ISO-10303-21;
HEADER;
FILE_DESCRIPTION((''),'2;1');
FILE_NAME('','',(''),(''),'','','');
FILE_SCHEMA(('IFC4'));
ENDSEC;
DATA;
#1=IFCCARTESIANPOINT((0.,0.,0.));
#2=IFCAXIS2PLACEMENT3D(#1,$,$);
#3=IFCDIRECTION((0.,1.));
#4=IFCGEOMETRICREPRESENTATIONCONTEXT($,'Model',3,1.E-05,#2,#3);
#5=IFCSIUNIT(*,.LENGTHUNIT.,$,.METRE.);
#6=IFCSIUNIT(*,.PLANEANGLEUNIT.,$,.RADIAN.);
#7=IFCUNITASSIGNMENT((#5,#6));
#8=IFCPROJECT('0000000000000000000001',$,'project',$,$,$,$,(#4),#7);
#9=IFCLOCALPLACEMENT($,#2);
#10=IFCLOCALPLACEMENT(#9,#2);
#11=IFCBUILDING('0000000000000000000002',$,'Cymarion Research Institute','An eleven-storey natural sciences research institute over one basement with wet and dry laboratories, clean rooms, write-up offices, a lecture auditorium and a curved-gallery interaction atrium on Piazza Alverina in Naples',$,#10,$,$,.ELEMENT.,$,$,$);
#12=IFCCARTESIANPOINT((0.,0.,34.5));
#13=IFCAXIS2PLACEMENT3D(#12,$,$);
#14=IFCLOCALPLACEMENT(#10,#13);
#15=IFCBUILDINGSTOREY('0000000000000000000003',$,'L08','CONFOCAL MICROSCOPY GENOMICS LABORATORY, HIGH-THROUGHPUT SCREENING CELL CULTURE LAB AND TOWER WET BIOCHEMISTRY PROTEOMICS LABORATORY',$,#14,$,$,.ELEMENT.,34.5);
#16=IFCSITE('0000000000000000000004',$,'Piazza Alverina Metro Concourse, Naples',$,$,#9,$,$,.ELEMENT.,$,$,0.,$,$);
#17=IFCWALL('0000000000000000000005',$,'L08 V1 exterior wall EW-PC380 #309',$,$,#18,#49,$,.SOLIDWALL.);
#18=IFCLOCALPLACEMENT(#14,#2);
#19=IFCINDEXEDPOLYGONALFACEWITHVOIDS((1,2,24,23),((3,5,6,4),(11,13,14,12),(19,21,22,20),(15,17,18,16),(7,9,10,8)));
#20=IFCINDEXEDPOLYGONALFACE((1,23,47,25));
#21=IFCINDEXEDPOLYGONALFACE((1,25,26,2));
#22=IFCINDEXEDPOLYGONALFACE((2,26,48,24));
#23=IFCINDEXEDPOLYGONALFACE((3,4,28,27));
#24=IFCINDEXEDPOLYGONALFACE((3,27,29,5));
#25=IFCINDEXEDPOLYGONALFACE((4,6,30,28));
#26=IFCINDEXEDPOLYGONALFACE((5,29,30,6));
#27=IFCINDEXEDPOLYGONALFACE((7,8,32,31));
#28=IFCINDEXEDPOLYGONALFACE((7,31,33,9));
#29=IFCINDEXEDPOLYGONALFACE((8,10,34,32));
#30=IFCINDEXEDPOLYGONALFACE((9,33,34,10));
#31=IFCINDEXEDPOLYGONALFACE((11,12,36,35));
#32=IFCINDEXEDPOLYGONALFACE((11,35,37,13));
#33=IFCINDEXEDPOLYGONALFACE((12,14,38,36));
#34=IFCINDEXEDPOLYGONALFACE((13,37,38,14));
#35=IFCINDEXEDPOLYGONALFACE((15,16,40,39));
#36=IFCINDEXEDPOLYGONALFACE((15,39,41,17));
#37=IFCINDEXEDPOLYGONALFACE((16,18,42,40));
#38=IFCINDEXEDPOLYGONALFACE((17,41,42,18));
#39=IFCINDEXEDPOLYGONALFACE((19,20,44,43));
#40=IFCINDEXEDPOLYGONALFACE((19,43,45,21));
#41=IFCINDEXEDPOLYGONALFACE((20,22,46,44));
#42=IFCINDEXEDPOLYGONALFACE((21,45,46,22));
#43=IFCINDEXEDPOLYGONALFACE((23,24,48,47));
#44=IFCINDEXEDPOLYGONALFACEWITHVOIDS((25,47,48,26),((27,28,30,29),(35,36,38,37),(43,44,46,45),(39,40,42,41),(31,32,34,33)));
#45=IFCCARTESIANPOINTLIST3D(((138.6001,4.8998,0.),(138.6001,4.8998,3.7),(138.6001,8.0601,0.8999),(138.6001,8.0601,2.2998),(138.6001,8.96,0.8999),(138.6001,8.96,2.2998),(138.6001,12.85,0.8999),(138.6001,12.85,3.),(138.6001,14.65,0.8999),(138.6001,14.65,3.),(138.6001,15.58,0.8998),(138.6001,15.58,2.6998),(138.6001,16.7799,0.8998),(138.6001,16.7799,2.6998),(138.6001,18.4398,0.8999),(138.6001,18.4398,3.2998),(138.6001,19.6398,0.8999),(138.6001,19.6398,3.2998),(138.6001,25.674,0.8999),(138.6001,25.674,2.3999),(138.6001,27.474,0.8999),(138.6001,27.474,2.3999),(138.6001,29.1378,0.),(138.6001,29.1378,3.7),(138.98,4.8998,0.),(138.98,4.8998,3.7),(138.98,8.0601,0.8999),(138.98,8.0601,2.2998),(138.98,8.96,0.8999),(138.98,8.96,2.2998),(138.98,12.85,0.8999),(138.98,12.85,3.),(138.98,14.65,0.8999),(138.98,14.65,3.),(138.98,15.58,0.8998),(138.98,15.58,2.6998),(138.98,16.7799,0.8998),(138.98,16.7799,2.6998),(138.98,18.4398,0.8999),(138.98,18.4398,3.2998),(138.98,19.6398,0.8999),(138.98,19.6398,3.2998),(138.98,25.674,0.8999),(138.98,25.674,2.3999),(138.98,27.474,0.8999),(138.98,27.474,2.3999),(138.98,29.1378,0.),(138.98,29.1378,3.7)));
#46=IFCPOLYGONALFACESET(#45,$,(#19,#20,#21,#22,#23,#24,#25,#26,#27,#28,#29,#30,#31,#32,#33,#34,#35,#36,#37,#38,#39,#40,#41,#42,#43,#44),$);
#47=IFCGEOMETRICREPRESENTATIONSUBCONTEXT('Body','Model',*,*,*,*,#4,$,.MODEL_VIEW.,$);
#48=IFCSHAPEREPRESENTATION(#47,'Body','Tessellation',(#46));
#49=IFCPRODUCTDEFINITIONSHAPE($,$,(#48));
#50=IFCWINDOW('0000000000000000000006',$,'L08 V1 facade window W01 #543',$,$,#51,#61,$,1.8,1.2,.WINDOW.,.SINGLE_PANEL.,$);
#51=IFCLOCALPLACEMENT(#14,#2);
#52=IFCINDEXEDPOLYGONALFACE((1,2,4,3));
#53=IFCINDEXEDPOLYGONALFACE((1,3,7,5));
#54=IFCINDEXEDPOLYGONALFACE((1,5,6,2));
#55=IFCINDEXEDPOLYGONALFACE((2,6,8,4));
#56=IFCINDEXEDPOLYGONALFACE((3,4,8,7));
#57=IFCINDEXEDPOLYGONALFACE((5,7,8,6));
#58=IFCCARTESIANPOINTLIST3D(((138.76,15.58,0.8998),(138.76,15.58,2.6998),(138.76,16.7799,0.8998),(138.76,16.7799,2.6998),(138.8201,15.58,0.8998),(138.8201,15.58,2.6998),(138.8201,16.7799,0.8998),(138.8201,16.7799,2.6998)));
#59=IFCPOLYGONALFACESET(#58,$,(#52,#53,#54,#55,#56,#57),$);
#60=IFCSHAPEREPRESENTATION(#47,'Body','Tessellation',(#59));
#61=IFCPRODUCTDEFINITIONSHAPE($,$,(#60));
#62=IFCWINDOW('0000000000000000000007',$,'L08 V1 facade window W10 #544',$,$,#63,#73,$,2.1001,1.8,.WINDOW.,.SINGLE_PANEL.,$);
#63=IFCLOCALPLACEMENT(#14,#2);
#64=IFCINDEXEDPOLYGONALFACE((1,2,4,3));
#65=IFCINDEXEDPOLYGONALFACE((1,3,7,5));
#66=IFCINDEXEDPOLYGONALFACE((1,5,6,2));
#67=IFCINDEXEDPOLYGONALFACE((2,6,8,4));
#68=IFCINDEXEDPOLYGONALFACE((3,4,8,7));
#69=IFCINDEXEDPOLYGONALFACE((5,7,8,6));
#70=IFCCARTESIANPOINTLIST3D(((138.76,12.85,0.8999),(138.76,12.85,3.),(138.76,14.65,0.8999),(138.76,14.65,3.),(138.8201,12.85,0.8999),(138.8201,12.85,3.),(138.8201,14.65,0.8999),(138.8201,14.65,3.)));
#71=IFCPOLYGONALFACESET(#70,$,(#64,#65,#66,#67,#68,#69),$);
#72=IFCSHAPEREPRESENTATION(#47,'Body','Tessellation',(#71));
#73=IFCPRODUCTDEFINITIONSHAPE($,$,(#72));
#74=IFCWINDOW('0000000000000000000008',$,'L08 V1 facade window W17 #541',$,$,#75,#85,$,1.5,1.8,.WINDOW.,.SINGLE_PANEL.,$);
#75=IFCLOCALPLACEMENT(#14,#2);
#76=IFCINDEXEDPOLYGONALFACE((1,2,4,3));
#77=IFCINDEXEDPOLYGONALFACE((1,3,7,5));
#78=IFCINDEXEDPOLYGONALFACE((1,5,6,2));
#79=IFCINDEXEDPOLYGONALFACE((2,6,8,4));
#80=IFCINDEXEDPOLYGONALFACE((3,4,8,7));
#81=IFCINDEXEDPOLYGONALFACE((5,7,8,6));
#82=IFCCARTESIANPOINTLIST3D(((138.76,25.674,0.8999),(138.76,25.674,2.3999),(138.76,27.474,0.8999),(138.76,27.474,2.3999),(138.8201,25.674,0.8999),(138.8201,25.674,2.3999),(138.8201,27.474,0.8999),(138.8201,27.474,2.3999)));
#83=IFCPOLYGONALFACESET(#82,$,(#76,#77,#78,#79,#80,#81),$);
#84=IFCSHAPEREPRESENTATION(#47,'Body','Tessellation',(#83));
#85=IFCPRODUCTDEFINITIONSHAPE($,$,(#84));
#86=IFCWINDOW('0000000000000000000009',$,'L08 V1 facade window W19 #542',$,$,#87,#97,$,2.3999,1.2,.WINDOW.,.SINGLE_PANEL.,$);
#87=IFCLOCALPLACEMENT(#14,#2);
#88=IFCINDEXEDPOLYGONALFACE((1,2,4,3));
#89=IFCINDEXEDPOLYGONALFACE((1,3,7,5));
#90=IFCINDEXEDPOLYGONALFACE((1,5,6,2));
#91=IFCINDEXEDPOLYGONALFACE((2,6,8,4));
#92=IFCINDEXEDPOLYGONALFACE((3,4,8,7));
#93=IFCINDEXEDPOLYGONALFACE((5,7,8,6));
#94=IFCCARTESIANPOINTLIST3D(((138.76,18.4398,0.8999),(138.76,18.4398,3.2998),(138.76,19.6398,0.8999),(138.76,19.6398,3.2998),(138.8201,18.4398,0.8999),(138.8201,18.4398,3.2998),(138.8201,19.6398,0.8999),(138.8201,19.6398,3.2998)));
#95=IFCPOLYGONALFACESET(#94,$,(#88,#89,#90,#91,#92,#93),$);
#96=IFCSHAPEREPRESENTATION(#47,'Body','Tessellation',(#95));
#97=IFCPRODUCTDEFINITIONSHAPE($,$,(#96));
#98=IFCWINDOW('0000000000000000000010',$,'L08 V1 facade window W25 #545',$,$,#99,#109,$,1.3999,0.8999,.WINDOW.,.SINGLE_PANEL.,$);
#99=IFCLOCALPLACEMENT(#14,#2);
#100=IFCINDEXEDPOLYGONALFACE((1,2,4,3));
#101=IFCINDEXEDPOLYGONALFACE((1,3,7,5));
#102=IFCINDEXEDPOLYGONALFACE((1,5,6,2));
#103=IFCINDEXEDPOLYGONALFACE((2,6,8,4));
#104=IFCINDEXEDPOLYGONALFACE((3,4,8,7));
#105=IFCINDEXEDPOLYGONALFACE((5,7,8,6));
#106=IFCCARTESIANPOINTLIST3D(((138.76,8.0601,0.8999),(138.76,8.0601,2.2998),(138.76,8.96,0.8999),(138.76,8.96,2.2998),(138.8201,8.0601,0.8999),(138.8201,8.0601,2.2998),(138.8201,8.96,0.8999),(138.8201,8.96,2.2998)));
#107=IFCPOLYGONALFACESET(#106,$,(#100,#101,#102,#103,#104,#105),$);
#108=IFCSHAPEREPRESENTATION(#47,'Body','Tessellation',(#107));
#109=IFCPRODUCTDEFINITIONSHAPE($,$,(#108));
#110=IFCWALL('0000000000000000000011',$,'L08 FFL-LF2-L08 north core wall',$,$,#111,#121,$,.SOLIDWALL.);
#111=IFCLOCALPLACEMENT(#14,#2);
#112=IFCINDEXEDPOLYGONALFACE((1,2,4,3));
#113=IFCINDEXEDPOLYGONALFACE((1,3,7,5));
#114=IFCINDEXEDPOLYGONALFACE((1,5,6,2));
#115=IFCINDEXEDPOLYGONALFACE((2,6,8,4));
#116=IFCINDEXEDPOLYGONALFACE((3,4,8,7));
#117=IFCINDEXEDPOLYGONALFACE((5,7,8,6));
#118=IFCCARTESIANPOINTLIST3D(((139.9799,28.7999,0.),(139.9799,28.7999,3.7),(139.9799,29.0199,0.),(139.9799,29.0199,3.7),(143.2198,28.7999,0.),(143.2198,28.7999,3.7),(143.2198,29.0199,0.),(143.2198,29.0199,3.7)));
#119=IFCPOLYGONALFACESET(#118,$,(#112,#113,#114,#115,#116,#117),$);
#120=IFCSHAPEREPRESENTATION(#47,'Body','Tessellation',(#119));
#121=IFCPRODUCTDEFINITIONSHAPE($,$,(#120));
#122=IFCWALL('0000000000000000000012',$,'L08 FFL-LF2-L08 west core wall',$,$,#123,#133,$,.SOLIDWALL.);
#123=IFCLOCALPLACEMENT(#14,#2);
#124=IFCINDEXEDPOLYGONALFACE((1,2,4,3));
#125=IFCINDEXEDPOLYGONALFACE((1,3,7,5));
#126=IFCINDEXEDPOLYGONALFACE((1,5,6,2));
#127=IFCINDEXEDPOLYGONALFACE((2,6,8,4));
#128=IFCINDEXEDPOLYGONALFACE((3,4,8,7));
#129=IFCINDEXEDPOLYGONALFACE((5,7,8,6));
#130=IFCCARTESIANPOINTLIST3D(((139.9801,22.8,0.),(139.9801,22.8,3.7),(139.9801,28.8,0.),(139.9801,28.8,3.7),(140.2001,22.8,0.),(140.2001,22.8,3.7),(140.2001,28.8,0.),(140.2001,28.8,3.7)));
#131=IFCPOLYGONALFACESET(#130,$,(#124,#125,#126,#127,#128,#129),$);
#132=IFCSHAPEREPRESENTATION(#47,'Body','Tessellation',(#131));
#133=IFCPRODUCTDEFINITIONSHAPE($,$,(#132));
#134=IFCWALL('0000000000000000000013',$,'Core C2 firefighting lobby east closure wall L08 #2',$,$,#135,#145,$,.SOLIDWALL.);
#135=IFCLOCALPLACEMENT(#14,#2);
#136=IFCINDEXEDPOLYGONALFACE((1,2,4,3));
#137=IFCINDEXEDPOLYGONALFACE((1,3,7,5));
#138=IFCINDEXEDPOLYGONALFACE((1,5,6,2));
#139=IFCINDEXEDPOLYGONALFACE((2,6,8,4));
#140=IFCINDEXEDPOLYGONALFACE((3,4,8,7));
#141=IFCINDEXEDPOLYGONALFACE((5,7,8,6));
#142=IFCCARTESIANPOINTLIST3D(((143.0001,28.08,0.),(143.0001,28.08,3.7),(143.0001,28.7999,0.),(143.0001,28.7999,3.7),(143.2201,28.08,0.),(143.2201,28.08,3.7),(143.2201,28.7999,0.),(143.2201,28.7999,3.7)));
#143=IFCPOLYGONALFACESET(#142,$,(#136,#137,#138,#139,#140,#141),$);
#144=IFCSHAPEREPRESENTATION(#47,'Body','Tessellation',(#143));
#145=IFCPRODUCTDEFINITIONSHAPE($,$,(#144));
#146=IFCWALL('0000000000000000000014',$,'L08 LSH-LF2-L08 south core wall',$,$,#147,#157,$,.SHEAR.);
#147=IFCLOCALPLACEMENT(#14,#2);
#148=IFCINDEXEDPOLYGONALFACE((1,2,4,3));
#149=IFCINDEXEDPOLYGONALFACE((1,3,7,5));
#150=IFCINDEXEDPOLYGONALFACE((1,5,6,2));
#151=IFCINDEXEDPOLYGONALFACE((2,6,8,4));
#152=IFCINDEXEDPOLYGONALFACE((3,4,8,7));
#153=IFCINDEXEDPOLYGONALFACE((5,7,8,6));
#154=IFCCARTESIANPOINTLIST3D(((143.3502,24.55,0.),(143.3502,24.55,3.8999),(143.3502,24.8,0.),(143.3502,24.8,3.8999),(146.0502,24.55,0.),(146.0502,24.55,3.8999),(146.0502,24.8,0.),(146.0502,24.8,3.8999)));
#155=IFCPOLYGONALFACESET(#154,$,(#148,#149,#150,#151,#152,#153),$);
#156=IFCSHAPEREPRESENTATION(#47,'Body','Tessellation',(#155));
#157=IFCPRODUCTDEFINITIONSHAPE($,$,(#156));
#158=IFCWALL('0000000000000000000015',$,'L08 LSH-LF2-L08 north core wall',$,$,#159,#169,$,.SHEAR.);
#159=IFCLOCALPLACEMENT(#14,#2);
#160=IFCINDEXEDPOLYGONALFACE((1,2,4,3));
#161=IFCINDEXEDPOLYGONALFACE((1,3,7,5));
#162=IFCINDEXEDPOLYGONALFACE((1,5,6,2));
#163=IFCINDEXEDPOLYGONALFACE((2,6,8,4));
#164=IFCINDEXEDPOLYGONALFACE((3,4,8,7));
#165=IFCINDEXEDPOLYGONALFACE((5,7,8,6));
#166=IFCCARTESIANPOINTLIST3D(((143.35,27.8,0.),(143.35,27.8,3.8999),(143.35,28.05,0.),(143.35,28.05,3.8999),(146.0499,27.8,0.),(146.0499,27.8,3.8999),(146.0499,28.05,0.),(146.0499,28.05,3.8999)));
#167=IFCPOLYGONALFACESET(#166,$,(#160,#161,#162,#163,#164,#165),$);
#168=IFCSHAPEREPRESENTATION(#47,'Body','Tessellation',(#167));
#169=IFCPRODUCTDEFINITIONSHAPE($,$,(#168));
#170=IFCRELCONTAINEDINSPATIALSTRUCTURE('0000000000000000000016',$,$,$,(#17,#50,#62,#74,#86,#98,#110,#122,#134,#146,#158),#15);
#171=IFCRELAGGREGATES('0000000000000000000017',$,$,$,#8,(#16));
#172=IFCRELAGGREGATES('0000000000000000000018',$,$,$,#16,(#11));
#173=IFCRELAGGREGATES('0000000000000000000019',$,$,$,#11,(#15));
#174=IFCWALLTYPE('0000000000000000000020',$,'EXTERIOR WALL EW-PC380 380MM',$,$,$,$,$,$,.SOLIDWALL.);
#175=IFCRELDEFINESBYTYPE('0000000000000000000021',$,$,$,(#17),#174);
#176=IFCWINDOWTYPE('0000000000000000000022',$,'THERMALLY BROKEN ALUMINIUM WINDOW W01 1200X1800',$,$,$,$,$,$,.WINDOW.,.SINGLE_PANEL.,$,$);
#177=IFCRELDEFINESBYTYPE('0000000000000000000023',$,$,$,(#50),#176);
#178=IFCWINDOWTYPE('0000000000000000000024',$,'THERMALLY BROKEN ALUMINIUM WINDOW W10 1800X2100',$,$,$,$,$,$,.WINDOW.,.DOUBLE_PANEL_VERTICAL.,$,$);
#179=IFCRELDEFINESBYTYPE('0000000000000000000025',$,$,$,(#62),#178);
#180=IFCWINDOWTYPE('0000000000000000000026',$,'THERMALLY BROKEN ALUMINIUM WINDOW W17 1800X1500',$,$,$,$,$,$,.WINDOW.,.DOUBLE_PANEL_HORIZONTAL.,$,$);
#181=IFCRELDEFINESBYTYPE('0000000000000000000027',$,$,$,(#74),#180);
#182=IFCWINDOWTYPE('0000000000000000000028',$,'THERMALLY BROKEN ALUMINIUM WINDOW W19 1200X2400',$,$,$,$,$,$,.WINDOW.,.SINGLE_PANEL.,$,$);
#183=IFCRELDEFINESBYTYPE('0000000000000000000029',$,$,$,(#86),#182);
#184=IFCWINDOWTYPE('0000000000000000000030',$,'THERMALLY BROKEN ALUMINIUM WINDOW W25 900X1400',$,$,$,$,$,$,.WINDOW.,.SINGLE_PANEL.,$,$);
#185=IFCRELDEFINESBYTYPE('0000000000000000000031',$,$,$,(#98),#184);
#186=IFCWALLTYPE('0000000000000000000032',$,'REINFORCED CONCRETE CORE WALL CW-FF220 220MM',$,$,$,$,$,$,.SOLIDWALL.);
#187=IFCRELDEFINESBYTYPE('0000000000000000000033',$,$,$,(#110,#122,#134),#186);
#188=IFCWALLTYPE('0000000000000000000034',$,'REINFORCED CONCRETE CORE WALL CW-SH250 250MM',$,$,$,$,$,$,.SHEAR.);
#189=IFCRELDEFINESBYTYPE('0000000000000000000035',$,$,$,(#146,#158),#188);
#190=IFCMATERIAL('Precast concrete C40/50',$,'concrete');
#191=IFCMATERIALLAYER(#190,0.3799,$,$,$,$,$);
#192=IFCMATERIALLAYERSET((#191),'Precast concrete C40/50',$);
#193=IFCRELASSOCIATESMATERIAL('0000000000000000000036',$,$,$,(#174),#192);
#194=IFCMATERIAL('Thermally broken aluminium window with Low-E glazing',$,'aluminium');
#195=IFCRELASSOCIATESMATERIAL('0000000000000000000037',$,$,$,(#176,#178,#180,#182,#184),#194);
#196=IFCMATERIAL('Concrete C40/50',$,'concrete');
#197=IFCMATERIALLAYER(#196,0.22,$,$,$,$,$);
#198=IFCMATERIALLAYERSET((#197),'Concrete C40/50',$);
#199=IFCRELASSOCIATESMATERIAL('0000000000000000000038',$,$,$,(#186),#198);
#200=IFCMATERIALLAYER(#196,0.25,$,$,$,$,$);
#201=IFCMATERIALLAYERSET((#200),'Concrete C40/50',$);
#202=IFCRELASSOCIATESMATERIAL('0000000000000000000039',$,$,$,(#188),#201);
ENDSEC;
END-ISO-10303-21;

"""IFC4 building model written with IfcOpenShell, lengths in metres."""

from ifc_helpers import new_model, si_unit, direction, frame, frame_2d, origin, place, context, subcontext, project, spatial, rectangle, extrude, material, layer, layer_set, type_object, element, fill, save


model = new_model("IFC4")

# Units and contexts
model_context = context("Model", 3, precision=1e-05, world=origin(), true_north=direction((0.0, 1.0)))
body_context = subcontext(model_context, "Body", "Model", "MODEL_VIEW")
ifc_project = project(units=[si_unit("LENGTHUNIT", "METRE"), si_unit("PLANEANGLEUNIT", "RADIAN")], contexts=[model_context])

# Site, building, storey
site_placement = place(None, origin())
site = spatial("IfcSite", under=ifc_project, at=site_placement, Name="Piazza Alverina Metro Concourse, Naples", CompositionType="ELEMENT", RefElevation=0.0)
building_placement = place(site_placement, origin())
building = spatial("IfcBuilding", under=site, at=building_placement, Name="Cymarion Research Institute", Description="An eleven-storey natural sciences research institute over one basement with wet and dry laboratories, clean rooms, write-up offices, a lecture auditorium and a curved-gallery interaction atrium on Piazza Alverina in Naples", CompositionType="ELEMENT")
storey_placement = place(building_placement, frame((0.0, 0.0, 34.5)))
storey = spatial("IfcBuildingStorey", under=building, at=storey_placement, Name="L08", Description="CONFOCAL MICROSCOPY GENOMICS LABORATORY, HIGH-THROUGHPUT SCREENING CELL CULTURE LAB AND TOWER WET BIOCHEMISTRY PROTEOMICS LABORATORY", CompositionType="ELEMENT", Elevation=34.5)

# Wall, openings, windows
ifc_material_1 = material(Name="Precast concrete C40/50", Category="concrete")
ifc_layer_1 = layer(ifc_material_1, 0.3799)
ifc_layer_set_1 = layer_set([ifc_layer_1], Name="Precast concrete C40/50")
wall_type_1 = type_object("IfcWallType", Name="EXTERIOR WALL EW-PC380 380MM", PredefinedType="SOLIDWALL", material=ifc_layer_set_1)
wall_1_placement = place(storey_placement, frame((138.79, 29.1379, 0.0), z_axis=(0.0, 0.0, 1.0), x_axis=(0.0, -1.0, 0.0)))
wall_1 = element("IfcWall", 1, at=wall_1_placement, inside=storey, type_object=wall_type_1, Name="L08 V1 exterior wall EW-PC380 #309", PredefinedType="SOLIDWALL", context=body_context, shape_type="SweptSolid", body=[
    extrude(rectangle(XDim=24.238, YDim=0.3799, at=frame_2d((12.1191, 0.0))), origin(), (0.0, 0.0, 1.0), 3.7),
])
opening_1_placement = place(wall_1_placement, frame((1.6641, 0.0, 0.8999)))
opening_1 = element("IfcOpeningElement", 2, at=opening_1_placement, cuts=wall_1, PredefinedType="OPENING", context=body_context, shape_type="SweptSolid", body=[
    extrude(rectangle(XDim=1.8, YDim=1.5, at=frame_2d((0.8999, 0.75))), frame((0.0, 0.2, 0.0), z_axis=(0.0, -1.0, 0.0), x_axis=(1.0, 0.0, 0.0)), (0.0, 0.0, 1.0), 0.3999),
])
opening_2_placement = place(wall_1_placement, frame((9.498, 0.0, 0.8999)))
opening_2 = element("IfcOpeningElement", 3, at=opening_2_placement, cuts=wall_1, PredefinedType="OPENING", context=body_context, shape_type="SweptSolid", body=[
    extrude(rectangle(XDim=1.2, YDim=2.3999, at=frame_2d((0.6001, 1.2))), frame((0.0, 0.2, 0.0), z_axis=(0.0, -1.0, 0.0), x_axis=(1.0, 0.0, 0.0)), (0.0, 0.0, 1.0), 0.3999),
])
opening_3_placement = place(wall_1_placement, frame((12.3579, 0.0, 0.8999)))
opening_3 = element("IfcOpeningElement", 4, at=opening_3_placement, cuts=wall_1, PredefinedType="OPENING", context=body_context, shape_type="SweptSolid", body=[
    extrude(rectangle(XDim=1.2, YDim=1.8, at=frame_2d((0.6001, 0.8999))), frame((0.0, 0.2, 0.0), z_axis=(0.0, -1.0, 0.0), x_axis=(1.0, 0.0, 0.0)), (0.0, 0.0, 1.0), 0.3999),
])
opening_4_placement = place(wall_1_placement, frame((14.488, 0.0, 0.8999)))
opening_4 = element("IfcOpeningElement", 5, at=opening_4_placement, cuts=wall_1, PredefinedType="OPENING", context=body_context, shape_type="SweptSolid", body=[
    extrude(rectangle(XDim=1.8, YDim=2.1001, at=frame_2d((0.8999, 1.05))), frame((0.0, 0.2, 0.0), z_axis=(0.0, -1.0, 0.0), x_axis=(1.0, 0.0, 0.0)), (0.0, 0.0, 1.0), 0.3999),
])
opening_5_placement = place(wall_1_placement, frame((20.178, 0.0, 0.8999)))
opening_5 = element("IfcOpeningElement", 6, at=opening_5_placement, cuts=wall_1, PredefinedType="OPENING", context=body_context, shape_type="SweptSolid", body=[
    extrude(rectangle(XDim=0.8999, YDim=1.3999, at=frame_2d((0.45, 0.7))), frame((0.0, 0.2, 0.0), z_axis=(0.0, -1.0, 0.0), x_axis=(1.0, 0.0, 0.0)), (0.0, 0.0, 1.0), 0.3999),
])
ifc_material_2 = material(Name="Thermally broken aluminium window with Low-E glazing", Category="aluminium")
window_type_1 = type_object("IfcWindowType", Name="THERMALLY BROKEN ALUMINIUM WINDOW W01 1200X1800", PartitioningType="SINGLE_PANEL", PredefinedType="WINDOW", material=ifc_material_2)
window_1_placement = place(opening_3_placement, origin())
window_1 = element("IfcWindow", 7, at=window_1_placement, inside=storey, type_object=window_type_1, Name="L08 V1 facade window W01 #543", OverallHeight=1.8, OverallWidth=1.2, PartitioningType="SINGLE_PANEL", PredefinedType="WINDOW", context=body_context, shape_type="SweptSolid", body=[
    extrude(rectangle(XDim=1.2, YDim=1.8, at=frame_2d((0.6001, 0.8999))), frame((0.0, 0.03, 0.0), z_axis=(0.0, -1.0, 0.0), x_axis=(1.0, 0.0, 0.0)), (0.0, 0.0, 1.0), 0.0601),
])
fill(opening_3, window_1)
window_type_2 = type_object("IfcWindowType", Name="THERMALLY BROKEN ALUMINIUM WINDOW W10 1800X2100", PartitioningType="DOUBLE_PANEL_VERTICAL", PredefinedType="WINDOW", material=ifc_material_2)
window_2_placement = place(opening_4_placement, origin())
window_2 = element("IfcWindow", 8, at=window_2_placement, inside=storey, type_object=window_type_2, Name="L08 V1 facade window W10 #544", OverallHeight=2.1001, OverallWidth=1.8, PartitioningType="SINGLE_PANEL", PredefinedType="WINDOW", context=body_context, shape_type="SweptSolid", body=[
    extrude(rectangle(XDim=1.8, YDim=2.1001, at=frame_2d((0.8999, 1.05))), frame((0.0, 0.03, 0.0), z_axis=(0.0, -1.0, 0.0), x_axis=(1.0, 0.0, 0.0)), (0.0, 0.0, 1.0), 0.0601),
])
fill(opening_4, window_2)
window_type_3 = type_object("IfcWindowType", Name="THERMALLY BROKEN ALUMINIUM WINDOW W17 1800X1500", PartitioningType="DOUBLE_PANEL_HORIZONTAL", PredefinedType="WINDOW", material=ifc_material_2)
window_3_placement = place(opening_1_placement, origin())
window_3 = element("IfcWindow", 9, at=window_3_placement, inside=storey, type_object=window_type_3, Name="L08 V1 facade window W17 #541", OverallHeight=1.5, OverallWidth=1.8, PartitioningType="SINGLE_PANEL", PredefinedType="WINDOW", context=body_context, shape_type="SweptSolid", body=[
    extrude(rectangle(XDim=1.8, YDim=1.5, at=frame_2d((0.8999, 0.75))), frame((0.0, 0.03, 0.0), z_axis=(0.0, -1.0, 0.0), x_axis=(1.0, 0.0, 0.0)), (0.0, 0.0, 1.0), 0.0601),
])
fill(opening_1, window_3)
window_type_4 = type_object("IfcWindowType", Name="THERMALLY BROKEN ALUMINIUM WINDOW W19 1200X2400", PartitioningType="SINGLE_PANEL", PredefinedType="WINDOW", material=ifc_material_2)
window_4_placement = place(opening_2_placement, origin())
window_4 = element("IfcWindow", 10, at=window_4_placement, inside=storey, type_object=window_type_4, Name="L08 V1 facade window W19 #542", OverallHeight=2.3999, OverallWidth=1.2, PartitioningType="SINGLE_PANEL", PredefinedType="WINDOW", context=body_context, shape_type="SweptSolid", body=[
    extrude(rectangle(XDim=1.2, YDim=2.3999, at=frame_2d((0.6001, 1.2))), frame((0.0, 0.03, 0.0), z_axis=(0.0, -1.0, 0.0), x_axis=(1.0, 0.0, 0.0)), (0.0, 0.0, 1.0), 0.0601),
])
fill(opening_2, window_4)
window_type_5 = type_object("IfcWindowType", Name="THERMALLY BROKEN ALUMINIUM WINDOW W25 900X1400", PartitioningType="SINGLE_PANEL", PredefinedType="WINDOW", material=ifc_material_2)
window_5_placement = place(opening_5_placement, origin())
window_5 = element("IfcWindow", 11, at=window_5_placement, inside=storey, type_object=window_type_5, Name="L08 V1 facade window W25 #545", OverallHeight=1.3999, OverallWidth=0.8999, PartitioningType="SINGLE_PANEL", PredefinedType="WINDOW", context=body_context, shape_type="SweptSolid", body=[
    extrude(rectangle(XDim=0.8999, YDim=1.3999, at=frame_2d((0.45, 0.7))), frame((0.0, 0.03, 0.0), z_axis=(0.0, -1.0, 0.0), x_axis=(1.0, 0.0, 0.0)), (0.0, 0.0, 1.0), 0.0601),
])
fill(opening_5, window_5)

# Walls
ifc_material_3 = material(Name="Concrete C40/50", Category="concrete")
ifc_layer_2 = layer(ifc_material_3, 0.22)
ifc_layer_set_2 = layer_set([ifc_layer_2], Name="Concrete C40/50")
wall_type_2 = type_object("IfcWallType", Name="REINFORCED CONCRETE CORE WALL CW-FF220 220MM", PredefinedType="SOLIDWALL", material=ifc_layer_set_2)
wall_2_placement = place(storey_placement, frame((143.22, 28.9099, 0.0), z_axis=(0.0, 0.0, 1.0), x_axis=(-1.0, 0.0, 0.0)))
element("IfcWall", 12, at=wall_2_placement, inside=storey, type_object=wall_type_2, Name="L08 FFL-LF2-L08 north core wall", PredefinedType="SOLIDWALL", context=body_context, shape_type="SweptSolid", body=[
    extrude(rectangle(XDim=3.24, YDim=0.22, at=frame_2d((1.6201, 0.0))), origin(), (0.0, 0.0, 1.0), 3.7),
])
wall_3_placement = place(storey_placement, frame((140.0901, 28.8, 0.0), z_axis=(0.0, 0.0, 1.0), x_axis=(0.0, -1.0, 0.0)))
element("IfcWall", 13, at=wall_3_placement, inside=storey, type_object=wall_type_2, Name="L08 FFL-LF2-L08 west core wall", PredefinedType="SOLIDWALL", context=body_context, shape_type="SweptSolid", body=[
    extrude(rectangle(XDim=6.0, YDim=0.22, at=frame_2d((3.0, 0.0))), origin(), (0.0, 0.0, 1.0), 3.7),
])
wall_4_placement = place(storey_placement, frame((143.1101, 28.0801, 0.0), z_axis=(0.0, 0.0, 1.0), x_axis=(0.0, 1.0, 0.0)))
element("IfcWall", 14, at=wall_4_placement, inside=storey, type_object=wall_type_2, Name="Core C2 firefighting lobby east closure wall L08 #2", PredefinedType="SOLIDWALL", context=body_context, shape_type="SweptSolid", body=[
    extrude(rectangle(XDim=0.72, YDim=0.22, at=frame_2d((0.3599, 0.0))), origin(), (0.0, 0.0, 1.0), 3.7),
])
ifc_layer_3 = layer(ifc_material_3, 0.25)
ifc_layer_set_3 = layer_set([ifc_layer_3], Name="Concrete C40/50")
wall_type_3 = type_object("IfcWallType", Name="REINFORCED CONCRETE CORE WALL CW-SH250 250MM", PredefinedType="SHEAR", material=ifc_layer_set_3)
for number, where, z_axis, x_axis, name in (
    (15, (143.3501, 24.675, 0.0), (0.0, 0.0, 1.0), (1.0, 0.0, 0.0), "L08 LSH-LF2-L08 south core wall"),
    (16, (146.05, 27.925, 0.0), (0.0, 0.0, 1.0), (-1.0, 0.0, 0.0), "L08 LSH-LF2-L08 north core wall"),
):
    element("IfcWall", number, at=place(storey_placement, frame(where, z_axis=z_axis, x_axis=x_axis)), inside=storey, type_object=wall_type_3, Name=name, PredefinedType="SHEAR", context=body_context, shape_type="SweptSolid", body=[
        extrude(rectangle(XDim=2.7, YDim=0.25, at=frame_2d((1.3501, 0.0))), origin(), (0.0, 0.0, 1.0), 3.8999),
    ])

save(model, "model.ifc")
